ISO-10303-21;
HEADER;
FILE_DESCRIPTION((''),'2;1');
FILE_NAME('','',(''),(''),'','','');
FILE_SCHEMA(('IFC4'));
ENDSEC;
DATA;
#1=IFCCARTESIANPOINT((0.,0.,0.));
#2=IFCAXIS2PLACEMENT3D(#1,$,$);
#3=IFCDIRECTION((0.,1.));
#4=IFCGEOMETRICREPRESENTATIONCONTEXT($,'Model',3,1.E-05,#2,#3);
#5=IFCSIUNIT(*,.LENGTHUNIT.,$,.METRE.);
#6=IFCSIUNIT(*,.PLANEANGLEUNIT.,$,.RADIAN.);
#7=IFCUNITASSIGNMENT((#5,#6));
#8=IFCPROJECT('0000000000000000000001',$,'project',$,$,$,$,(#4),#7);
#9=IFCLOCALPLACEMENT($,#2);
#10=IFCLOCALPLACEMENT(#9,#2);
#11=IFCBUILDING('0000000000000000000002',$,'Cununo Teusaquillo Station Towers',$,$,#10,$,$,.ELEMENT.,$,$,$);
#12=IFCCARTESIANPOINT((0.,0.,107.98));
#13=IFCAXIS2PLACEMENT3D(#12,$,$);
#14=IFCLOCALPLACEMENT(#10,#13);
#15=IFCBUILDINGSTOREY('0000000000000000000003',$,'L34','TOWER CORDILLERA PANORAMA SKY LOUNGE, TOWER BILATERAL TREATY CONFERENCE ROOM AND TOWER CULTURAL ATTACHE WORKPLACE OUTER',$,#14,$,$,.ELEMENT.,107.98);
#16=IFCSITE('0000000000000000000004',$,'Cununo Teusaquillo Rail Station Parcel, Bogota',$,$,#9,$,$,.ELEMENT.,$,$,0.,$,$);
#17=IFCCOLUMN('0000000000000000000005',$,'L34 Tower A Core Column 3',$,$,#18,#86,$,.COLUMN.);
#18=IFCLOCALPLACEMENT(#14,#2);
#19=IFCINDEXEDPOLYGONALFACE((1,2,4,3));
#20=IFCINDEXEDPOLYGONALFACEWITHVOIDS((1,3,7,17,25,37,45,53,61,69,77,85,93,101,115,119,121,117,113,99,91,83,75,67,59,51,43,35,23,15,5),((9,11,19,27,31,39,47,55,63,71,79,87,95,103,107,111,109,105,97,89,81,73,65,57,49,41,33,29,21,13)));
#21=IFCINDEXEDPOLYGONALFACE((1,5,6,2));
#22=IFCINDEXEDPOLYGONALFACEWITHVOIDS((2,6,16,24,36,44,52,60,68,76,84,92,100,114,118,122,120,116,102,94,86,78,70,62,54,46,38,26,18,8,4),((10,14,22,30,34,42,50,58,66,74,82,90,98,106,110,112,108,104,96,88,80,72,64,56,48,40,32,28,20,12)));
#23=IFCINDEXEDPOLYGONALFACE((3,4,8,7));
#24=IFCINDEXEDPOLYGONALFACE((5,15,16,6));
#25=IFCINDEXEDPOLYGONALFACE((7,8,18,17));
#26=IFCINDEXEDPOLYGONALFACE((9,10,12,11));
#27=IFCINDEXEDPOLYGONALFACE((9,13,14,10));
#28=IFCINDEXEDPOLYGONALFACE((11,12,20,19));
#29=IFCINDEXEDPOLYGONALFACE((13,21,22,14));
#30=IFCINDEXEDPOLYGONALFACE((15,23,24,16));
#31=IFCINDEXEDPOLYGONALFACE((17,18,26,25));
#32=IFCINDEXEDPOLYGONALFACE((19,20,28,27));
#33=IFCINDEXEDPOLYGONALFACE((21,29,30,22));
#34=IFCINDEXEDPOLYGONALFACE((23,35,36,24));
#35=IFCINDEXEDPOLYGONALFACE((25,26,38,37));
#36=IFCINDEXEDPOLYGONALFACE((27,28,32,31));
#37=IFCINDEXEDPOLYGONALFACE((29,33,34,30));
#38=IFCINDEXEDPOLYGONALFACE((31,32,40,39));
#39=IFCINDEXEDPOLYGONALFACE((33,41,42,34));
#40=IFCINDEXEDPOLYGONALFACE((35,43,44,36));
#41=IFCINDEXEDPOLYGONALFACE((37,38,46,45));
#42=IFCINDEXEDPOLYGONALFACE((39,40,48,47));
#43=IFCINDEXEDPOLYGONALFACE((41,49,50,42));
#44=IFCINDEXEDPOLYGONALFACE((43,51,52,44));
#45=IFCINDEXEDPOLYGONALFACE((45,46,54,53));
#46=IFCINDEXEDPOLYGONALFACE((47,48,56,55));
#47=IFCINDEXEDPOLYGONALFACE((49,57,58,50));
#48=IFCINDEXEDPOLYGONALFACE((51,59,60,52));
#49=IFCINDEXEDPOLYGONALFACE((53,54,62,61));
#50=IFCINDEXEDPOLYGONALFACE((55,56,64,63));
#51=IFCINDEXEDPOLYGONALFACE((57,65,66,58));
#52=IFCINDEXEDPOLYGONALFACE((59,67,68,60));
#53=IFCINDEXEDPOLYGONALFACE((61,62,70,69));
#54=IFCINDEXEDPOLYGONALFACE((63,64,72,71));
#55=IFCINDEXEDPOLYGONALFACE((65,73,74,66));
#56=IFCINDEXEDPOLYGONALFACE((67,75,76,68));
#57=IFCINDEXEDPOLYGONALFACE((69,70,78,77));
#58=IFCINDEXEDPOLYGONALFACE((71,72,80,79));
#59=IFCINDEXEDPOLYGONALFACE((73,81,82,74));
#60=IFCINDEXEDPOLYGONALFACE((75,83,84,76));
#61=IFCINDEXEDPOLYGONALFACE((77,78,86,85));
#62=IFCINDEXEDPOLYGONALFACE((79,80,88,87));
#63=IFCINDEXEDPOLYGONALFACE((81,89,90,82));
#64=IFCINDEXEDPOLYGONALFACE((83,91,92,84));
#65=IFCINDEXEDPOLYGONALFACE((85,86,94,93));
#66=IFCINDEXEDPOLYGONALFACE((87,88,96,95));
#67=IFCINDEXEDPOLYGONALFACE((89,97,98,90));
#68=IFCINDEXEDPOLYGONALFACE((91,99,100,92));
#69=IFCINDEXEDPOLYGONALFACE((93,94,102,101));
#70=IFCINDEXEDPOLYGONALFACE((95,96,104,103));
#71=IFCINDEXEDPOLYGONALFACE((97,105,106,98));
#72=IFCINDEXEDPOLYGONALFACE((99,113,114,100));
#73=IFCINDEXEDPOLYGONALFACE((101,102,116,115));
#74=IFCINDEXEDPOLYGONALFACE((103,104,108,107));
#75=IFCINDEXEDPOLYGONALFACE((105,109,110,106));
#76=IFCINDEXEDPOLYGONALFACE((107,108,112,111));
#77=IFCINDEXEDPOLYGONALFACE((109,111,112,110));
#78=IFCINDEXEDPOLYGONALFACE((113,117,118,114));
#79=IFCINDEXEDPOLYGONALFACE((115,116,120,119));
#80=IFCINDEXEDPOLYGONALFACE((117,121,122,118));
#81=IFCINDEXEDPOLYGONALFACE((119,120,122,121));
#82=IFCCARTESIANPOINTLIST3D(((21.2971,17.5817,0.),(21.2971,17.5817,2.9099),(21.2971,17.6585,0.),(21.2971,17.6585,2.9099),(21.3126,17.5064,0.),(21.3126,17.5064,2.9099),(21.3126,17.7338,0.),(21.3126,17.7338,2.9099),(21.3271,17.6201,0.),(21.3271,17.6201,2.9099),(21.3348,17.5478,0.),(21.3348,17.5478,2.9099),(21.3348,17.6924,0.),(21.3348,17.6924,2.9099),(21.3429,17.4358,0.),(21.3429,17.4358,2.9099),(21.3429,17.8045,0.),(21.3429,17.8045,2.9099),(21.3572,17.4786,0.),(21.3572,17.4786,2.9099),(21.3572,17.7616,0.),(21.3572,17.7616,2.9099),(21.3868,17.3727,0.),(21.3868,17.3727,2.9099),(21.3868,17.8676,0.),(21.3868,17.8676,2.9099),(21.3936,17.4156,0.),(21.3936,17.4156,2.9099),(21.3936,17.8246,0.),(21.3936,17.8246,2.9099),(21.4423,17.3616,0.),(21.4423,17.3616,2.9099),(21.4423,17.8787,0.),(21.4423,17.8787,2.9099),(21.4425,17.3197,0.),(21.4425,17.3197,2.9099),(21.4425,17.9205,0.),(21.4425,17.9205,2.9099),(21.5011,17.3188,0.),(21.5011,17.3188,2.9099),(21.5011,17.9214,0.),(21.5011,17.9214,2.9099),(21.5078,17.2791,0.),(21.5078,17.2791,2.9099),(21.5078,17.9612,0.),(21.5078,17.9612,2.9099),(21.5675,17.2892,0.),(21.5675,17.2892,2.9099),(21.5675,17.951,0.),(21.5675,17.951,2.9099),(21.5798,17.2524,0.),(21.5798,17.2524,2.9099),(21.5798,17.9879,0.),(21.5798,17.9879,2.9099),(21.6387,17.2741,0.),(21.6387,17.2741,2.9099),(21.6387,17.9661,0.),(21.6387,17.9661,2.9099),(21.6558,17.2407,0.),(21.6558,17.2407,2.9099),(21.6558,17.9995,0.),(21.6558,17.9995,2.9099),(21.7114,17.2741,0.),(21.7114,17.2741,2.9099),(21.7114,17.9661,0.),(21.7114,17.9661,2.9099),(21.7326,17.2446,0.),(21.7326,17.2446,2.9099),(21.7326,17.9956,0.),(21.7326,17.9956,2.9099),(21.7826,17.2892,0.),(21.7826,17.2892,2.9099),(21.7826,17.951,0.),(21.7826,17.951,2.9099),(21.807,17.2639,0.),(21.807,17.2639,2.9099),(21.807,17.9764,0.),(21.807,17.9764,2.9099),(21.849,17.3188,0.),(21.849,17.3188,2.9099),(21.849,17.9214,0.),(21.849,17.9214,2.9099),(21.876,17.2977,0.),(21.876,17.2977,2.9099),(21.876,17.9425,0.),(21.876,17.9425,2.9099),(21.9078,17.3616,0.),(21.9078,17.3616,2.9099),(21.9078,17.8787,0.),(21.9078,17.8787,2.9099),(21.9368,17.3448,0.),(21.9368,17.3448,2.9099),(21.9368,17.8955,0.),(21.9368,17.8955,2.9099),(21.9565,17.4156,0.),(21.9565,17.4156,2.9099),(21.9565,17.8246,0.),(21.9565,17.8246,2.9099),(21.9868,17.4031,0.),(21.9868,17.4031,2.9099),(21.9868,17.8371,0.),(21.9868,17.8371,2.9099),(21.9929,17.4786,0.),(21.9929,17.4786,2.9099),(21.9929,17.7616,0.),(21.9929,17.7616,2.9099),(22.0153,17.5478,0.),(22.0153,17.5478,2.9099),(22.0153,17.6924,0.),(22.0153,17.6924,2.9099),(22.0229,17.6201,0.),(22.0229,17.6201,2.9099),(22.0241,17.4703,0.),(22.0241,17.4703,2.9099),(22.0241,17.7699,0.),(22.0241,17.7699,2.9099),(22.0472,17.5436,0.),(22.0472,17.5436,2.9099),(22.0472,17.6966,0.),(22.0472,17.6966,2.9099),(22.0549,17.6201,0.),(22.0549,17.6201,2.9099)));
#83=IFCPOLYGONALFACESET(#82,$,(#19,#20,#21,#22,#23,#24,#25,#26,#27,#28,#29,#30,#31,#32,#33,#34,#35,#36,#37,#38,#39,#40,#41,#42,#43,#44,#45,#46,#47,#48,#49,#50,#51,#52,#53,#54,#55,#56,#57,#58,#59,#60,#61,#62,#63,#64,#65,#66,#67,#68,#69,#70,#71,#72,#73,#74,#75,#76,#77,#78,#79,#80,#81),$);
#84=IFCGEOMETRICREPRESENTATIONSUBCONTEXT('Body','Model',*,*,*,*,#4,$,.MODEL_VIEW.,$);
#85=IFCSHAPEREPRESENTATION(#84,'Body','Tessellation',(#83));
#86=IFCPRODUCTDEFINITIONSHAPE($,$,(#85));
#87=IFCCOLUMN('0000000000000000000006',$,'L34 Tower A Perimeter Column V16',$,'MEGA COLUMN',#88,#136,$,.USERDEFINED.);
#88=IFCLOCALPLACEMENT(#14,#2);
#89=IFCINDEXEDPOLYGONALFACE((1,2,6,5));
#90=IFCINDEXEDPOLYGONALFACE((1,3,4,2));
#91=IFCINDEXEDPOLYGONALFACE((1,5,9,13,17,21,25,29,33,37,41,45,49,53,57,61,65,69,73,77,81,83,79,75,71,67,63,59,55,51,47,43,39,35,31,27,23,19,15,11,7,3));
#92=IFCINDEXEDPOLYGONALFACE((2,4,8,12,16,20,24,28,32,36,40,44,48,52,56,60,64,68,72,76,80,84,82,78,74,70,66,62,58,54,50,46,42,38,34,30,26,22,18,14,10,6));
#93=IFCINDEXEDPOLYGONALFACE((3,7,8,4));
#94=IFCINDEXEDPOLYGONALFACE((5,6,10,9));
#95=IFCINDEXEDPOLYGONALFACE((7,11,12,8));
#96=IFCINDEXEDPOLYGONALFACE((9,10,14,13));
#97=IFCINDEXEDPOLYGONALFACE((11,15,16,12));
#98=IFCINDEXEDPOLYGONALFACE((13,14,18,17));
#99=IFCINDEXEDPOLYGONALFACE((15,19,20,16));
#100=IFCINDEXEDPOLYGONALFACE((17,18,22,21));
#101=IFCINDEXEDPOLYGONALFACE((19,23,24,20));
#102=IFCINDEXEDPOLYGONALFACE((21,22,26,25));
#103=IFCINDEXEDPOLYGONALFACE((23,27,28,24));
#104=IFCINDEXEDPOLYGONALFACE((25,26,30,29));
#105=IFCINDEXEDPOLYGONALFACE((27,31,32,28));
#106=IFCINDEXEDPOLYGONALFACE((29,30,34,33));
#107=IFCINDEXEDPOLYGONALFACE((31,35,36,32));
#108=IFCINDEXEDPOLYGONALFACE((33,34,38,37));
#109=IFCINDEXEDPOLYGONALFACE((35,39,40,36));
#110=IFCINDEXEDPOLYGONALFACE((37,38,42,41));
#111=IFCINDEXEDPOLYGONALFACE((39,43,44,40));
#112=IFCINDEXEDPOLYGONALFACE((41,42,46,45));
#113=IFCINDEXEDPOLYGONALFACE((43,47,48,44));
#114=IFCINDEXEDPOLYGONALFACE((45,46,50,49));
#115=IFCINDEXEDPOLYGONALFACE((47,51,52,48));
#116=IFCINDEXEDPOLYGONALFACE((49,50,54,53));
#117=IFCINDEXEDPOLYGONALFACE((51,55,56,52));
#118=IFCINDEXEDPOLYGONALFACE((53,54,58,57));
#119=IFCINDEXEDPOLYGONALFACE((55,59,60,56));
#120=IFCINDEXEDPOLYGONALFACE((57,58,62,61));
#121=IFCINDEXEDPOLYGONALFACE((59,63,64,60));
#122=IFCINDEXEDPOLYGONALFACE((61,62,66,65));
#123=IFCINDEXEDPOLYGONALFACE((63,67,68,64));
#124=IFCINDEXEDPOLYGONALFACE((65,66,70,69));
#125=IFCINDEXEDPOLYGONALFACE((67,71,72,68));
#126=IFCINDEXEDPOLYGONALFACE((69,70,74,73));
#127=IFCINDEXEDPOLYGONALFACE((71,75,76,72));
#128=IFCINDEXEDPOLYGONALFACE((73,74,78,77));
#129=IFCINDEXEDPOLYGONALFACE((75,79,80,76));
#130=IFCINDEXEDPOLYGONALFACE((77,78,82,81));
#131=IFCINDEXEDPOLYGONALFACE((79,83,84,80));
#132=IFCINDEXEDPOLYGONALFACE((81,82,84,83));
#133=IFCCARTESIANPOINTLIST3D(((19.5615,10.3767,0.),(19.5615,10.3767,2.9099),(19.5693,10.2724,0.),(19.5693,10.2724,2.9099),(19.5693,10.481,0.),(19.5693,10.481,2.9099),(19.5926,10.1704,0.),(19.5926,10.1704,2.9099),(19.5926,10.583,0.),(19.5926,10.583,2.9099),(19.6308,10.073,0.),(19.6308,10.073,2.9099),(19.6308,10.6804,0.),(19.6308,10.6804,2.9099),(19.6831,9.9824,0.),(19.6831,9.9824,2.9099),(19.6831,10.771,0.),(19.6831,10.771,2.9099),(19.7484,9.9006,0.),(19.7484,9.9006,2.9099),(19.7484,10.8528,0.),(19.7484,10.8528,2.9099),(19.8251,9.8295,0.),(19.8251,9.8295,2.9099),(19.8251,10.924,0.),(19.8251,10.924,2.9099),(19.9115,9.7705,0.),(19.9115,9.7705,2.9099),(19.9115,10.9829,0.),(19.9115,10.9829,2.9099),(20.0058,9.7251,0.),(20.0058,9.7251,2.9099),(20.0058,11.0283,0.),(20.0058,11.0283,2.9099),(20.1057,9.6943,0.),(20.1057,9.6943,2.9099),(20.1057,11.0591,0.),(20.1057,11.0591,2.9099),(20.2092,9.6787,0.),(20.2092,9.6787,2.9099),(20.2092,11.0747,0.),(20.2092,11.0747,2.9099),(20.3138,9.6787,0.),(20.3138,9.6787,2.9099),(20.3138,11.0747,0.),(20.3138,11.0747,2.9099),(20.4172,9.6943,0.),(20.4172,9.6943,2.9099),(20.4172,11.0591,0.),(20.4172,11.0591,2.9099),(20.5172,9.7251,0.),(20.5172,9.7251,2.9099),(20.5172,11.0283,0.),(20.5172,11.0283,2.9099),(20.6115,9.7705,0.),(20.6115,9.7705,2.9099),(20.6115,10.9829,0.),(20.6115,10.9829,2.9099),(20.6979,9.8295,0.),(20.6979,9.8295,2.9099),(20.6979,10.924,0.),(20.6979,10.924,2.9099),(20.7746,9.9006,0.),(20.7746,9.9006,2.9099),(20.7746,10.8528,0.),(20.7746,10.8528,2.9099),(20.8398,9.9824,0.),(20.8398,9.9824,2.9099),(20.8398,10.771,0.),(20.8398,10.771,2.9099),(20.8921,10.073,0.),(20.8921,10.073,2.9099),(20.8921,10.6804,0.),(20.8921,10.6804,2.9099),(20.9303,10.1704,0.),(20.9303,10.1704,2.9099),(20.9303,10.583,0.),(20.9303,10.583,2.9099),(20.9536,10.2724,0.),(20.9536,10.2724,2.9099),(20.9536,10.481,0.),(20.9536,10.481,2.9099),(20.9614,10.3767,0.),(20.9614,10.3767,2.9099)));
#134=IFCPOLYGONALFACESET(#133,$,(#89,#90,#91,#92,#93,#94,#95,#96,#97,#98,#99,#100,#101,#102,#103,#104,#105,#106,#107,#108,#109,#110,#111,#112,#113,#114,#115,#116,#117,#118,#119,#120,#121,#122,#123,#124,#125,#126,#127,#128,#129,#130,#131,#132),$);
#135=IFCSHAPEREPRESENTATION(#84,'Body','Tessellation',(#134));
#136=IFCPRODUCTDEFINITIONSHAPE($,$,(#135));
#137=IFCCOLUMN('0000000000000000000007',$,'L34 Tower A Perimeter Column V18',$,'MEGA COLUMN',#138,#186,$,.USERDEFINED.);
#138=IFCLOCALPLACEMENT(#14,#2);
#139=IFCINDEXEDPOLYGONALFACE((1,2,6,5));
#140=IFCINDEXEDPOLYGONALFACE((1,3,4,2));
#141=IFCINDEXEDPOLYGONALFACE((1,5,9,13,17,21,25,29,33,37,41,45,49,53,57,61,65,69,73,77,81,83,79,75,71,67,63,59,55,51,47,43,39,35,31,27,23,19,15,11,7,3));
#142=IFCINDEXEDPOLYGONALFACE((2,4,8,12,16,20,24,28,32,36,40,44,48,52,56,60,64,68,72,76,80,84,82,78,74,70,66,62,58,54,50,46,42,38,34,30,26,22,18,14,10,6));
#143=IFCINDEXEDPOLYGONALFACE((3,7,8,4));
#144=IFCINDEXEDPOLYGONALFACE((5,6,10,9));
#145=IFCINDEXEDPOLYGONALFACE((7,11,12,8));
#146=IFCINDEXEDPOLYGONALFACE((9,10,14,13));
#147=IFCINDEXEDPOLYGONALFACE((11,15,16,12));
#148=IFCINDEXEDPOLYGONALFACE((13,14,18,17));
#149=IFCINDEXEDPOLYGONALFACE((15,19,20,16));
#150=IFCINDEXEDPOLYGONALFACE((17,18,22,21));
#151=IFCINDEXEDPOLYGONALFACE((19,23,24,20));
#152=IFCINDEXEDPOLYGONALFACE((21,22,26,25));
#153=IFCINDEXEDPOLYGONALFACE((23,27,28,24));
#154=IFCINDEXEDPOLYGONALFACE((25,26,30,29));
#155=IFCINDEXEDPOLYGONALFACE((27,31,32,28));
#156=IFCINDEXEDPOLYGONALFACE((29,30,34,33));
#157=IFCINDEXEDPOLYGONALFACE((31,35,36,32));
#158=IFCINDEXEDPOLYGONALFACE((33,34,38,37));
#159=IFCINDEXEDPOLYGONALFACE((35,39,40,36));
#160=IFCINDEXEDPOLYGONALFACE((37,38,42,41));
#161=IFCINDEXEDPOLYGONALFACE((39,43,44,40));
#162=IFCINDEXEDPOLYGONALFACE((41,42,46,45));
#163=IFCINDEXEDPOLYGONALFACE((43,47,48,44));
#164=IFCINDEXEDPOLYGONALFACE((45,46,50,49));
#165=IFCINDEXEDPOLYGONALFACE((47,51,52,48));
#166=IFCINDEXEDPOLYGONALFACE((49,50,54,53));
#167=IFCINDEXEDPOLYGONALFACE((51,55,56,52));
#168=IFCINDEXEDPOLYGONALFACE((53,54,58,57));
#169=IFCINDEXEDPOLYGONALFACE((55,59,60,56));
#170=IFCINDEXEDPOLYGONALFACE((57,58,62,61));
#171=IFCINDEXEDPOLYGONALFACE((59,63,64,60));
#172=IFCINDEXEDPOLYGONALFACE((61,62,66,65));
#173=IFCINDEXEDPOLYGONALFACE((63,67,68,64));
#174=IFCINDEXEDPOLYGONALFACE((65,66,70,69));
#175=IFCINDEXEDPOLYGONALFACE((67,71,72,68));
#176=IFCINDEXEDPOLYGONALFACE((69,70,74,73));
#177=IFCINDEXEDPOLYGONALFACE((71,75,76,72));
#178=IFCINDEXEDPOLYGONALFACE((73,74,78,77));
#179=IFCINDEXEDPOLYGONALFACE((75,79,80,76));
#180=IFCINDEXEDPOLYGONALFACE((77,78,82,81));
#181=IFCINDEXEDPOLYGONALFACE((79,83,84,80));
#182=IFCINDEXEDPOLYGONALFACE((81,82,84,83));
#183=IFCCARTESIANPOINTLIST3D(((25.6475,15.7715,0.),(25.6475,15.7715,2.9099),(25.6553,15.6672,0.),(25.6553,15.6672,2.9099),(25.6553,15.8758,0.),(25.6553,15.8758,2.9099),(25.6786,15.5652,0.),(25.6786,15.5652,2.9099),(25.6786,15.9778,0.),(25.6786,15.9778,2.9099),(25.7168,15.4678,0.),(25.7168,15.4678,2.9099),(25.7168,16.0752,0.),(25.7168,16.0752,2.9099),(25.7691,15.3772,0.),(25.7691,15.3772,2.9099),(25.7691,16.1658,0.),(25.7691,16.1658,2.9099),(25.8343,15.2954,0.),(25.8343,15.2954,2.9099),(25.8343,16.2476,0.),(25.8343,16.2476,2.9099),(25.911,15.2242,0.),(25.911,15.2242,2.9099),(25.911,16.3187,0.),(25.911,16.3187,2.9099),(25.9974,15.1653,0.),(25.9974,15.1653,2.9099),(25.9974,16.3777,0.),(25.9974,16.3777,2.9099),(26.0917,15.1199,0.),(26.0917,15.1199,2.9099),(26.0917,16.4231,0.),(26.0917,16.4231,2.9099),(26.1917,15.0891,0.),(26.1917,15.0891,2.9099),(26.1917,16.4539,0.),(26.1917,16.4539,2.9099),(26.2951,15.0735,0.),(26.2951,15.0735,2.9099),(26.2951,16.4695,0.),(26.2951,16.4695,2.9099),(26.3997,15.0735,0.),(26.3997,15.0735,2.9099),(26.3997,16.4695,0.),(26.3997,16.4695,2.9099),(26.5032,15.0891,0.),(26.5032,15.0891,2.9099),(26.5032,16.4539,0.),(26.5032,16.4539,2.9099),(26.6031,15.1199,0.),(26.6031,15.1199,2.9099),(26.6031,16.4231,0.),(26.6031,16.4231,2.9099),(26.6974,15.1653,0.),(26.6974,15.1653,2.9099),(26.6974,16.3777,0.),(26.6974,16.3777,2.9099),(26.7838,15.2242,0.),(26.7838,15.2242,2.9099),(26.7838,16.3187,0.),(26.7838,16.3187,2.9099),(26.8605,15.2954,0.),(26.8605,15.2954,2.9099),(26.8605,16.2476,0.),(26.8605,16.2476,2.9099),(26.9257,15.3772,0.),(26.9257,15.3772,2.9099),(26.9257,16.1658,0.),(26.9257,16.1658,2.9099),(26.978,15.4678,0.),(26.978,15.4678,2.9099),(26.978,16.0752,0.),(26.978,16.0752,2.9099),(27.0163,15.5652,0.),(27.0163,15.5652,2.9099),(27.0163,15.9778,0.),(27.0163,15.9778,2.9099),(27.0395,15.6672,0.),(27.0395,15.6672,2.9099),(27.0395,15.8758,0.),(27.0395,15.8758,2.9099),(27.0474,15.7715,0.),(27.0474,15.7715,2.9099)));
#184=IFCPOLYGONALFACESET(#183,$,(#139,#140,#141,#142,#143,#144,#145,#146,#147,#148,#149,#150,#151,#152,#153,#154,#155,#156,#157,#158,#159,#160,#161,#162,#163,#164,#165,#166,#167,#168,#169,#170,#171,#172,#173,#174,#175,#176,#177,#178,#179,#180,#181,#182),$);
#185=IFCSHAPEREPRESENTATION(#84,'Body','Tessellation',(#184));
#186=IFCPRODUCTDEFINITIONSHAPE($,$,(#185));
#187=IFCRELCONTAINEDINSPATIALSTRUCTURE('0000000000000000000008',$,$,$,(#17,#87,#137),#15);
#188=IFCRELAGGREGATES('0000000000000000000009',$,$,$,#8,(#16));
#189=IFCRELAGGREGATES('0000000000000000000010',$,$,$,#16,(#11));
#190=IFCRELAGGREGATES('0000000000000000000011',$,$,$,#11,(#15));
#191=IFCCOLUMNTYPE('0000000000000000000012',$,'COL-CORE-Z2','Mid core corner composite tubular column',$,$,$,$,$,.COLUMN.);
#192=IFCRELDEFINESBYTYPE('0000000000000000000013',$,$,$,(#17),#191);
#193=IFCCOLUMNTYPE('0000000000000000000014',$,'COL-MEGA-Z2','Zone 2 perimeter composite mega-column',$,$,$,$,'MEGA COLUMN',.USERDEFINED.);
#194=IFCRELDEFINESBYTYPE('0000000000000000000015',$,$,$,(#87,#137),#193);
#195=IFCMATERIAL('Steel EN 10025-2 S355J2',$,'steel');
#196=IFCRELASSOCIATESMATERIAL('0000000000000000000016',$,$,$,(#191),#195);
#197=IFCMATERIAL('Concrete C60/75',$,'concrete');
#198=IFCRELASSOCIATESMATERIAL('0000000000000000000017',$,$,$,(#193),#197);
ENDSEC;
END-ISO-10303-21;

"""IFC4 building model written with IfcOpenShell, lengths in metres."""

from ifc_helpers import new_model, si_unit, direction, frame, origin, origin_2d, place, context, subcontext, project, spatial, circle, hollow_circle, extrude, material, material_profile, profile_set, type_object, element, save


model = new_model("IFC4")

# Units and contexts
model_context = context("Model", 3, precision=1e-05, world=origin(), true_north=direction((0.0, 1.0)))
body_context = subcontext(model_context, "Body", "Model", "MODEL_VIEW")
ifc_project = project(units=[si_unit("LENGTHUNIT", "METRE"), si_unit("PLANEANGLEUNIT", "RADIAN")], contexts=[model_context])

# Site, building, storey
site_placement = place(None, origin())
site = spatial("IfcSite", under=ifc_project, at=site_placement, Name="Cununo Teusaquillo Rail Station Parcel, Bogota", CompositionType="ELEMENT", RefElevation=0.0)
building_placement = place(site_placement, origin())
building = spatial("IfcBuilding", under=site, at=building_placement, Name="Cununo Teusaquillo Station Towers", CompositionType="ELEMENT")
storey_placement = place(building_placement, frame((0.0, 0.0, 107.98)))
storey = spatial("IfcBuildingStorey", under=building, at=storey_placement, Name="L34", Description="TOWER CORDILLERA PANORAMA SKY LOUNGE, TOWER BILATERAL TREATY CONFERENCE ROOM AND TOWER CULTURAL ATTACHE WORKPLACE OUTER", CompositionType="ELEMENT", Elevation=107.98)

# Columns
ifc_material_1 = material(Name="Steel EN 10025-2 S355J2", Category="steel")
ifc_material_profile_1 = material_profile(ifc_material_1, hollow_circle(Radius=0.3799, WallThickness=0.032, at=origin_2d()), Name="CHS 760x32")
ifc_profile_set_1 = profile_set([ifc_material_profile_1], Name="Steel EN 10025-2 S355J2")
column_type_1 = type_object("IfcColumnType", Name="COL-CORE-Z2", Description="Mid core corner composite tubular column", PredefinedType="COLUMN", material=ifc_profile_set_1)
column_placement = place(storey_placement, frame((21.675, 17.6201, 0.0), z_axis=(0.0, 0.0, 1.0), x_axis=(1.0, 0.0, 0.0)))
element("IfcColumn", 1, at=column_placement, inside=storey, type_object=column_type_1, Name="L34 Tower A Core Column 3", PredefinedType="COLUMN", context=body_context, shape_type="SweptSolid", body=[
    extrude(hollow_circle(Radius=0.3799, WallThickness=0.032, at=origin_2d()), origin(), (0.0, 0.0, 1.0), 2.9099),
])
ifc_material_2 = material(Name="Concrete C60/75", Category="concrete")
ifc_material_profile_2 = material_profile(ifc_material_2, circle(Radius=0.7, at=origin_2d()), Name="RC-CIRC-1400")
ifc_profile_set_2 = profile_set([ifc_material_profile_2], Name="Concrete C60/75")
column_type_2 = type_object("IfcColumnType", Name="COL-MEGA-Z2", Description="Zone 2 perimeter composite mega-column", ElementType="MEGA COLUMN", PredefinedType="USERDEFINED", material=ifc_profile_set_2)
for number, where, z_axis, x_axis, name in (
    (2, (20.2615, 10.3767, 0.0), (0.0, 0.0, 1.0), (1.0, 0.0, 0.0), "L34 Tower A Perimeter Column V16"),
    (3, (26.3474, 15.7715, 0.0), (0.0, 0.0, 1.0), (1.0, 0.0, 0.0), "L34 Tower A Perimeter Column V18"),
):
    element("IfcColumn", number, at=place(storey_placement, frame(where, z_axis=z_axis, x_axis=x_axis)), inside=storey, type_object=column_type_2, Name=name, ObjectType="MEGA COLUMN", PredefinedType="USERDEFINED", context=body_context, shape_type="SweptSolid", body=[
        extrude(circle(Radius=0.7, at=origin_2d()), origin(), (0.0, 0.0, 1.0), 2.9099),
    ])

save(model, "model.ifc")
